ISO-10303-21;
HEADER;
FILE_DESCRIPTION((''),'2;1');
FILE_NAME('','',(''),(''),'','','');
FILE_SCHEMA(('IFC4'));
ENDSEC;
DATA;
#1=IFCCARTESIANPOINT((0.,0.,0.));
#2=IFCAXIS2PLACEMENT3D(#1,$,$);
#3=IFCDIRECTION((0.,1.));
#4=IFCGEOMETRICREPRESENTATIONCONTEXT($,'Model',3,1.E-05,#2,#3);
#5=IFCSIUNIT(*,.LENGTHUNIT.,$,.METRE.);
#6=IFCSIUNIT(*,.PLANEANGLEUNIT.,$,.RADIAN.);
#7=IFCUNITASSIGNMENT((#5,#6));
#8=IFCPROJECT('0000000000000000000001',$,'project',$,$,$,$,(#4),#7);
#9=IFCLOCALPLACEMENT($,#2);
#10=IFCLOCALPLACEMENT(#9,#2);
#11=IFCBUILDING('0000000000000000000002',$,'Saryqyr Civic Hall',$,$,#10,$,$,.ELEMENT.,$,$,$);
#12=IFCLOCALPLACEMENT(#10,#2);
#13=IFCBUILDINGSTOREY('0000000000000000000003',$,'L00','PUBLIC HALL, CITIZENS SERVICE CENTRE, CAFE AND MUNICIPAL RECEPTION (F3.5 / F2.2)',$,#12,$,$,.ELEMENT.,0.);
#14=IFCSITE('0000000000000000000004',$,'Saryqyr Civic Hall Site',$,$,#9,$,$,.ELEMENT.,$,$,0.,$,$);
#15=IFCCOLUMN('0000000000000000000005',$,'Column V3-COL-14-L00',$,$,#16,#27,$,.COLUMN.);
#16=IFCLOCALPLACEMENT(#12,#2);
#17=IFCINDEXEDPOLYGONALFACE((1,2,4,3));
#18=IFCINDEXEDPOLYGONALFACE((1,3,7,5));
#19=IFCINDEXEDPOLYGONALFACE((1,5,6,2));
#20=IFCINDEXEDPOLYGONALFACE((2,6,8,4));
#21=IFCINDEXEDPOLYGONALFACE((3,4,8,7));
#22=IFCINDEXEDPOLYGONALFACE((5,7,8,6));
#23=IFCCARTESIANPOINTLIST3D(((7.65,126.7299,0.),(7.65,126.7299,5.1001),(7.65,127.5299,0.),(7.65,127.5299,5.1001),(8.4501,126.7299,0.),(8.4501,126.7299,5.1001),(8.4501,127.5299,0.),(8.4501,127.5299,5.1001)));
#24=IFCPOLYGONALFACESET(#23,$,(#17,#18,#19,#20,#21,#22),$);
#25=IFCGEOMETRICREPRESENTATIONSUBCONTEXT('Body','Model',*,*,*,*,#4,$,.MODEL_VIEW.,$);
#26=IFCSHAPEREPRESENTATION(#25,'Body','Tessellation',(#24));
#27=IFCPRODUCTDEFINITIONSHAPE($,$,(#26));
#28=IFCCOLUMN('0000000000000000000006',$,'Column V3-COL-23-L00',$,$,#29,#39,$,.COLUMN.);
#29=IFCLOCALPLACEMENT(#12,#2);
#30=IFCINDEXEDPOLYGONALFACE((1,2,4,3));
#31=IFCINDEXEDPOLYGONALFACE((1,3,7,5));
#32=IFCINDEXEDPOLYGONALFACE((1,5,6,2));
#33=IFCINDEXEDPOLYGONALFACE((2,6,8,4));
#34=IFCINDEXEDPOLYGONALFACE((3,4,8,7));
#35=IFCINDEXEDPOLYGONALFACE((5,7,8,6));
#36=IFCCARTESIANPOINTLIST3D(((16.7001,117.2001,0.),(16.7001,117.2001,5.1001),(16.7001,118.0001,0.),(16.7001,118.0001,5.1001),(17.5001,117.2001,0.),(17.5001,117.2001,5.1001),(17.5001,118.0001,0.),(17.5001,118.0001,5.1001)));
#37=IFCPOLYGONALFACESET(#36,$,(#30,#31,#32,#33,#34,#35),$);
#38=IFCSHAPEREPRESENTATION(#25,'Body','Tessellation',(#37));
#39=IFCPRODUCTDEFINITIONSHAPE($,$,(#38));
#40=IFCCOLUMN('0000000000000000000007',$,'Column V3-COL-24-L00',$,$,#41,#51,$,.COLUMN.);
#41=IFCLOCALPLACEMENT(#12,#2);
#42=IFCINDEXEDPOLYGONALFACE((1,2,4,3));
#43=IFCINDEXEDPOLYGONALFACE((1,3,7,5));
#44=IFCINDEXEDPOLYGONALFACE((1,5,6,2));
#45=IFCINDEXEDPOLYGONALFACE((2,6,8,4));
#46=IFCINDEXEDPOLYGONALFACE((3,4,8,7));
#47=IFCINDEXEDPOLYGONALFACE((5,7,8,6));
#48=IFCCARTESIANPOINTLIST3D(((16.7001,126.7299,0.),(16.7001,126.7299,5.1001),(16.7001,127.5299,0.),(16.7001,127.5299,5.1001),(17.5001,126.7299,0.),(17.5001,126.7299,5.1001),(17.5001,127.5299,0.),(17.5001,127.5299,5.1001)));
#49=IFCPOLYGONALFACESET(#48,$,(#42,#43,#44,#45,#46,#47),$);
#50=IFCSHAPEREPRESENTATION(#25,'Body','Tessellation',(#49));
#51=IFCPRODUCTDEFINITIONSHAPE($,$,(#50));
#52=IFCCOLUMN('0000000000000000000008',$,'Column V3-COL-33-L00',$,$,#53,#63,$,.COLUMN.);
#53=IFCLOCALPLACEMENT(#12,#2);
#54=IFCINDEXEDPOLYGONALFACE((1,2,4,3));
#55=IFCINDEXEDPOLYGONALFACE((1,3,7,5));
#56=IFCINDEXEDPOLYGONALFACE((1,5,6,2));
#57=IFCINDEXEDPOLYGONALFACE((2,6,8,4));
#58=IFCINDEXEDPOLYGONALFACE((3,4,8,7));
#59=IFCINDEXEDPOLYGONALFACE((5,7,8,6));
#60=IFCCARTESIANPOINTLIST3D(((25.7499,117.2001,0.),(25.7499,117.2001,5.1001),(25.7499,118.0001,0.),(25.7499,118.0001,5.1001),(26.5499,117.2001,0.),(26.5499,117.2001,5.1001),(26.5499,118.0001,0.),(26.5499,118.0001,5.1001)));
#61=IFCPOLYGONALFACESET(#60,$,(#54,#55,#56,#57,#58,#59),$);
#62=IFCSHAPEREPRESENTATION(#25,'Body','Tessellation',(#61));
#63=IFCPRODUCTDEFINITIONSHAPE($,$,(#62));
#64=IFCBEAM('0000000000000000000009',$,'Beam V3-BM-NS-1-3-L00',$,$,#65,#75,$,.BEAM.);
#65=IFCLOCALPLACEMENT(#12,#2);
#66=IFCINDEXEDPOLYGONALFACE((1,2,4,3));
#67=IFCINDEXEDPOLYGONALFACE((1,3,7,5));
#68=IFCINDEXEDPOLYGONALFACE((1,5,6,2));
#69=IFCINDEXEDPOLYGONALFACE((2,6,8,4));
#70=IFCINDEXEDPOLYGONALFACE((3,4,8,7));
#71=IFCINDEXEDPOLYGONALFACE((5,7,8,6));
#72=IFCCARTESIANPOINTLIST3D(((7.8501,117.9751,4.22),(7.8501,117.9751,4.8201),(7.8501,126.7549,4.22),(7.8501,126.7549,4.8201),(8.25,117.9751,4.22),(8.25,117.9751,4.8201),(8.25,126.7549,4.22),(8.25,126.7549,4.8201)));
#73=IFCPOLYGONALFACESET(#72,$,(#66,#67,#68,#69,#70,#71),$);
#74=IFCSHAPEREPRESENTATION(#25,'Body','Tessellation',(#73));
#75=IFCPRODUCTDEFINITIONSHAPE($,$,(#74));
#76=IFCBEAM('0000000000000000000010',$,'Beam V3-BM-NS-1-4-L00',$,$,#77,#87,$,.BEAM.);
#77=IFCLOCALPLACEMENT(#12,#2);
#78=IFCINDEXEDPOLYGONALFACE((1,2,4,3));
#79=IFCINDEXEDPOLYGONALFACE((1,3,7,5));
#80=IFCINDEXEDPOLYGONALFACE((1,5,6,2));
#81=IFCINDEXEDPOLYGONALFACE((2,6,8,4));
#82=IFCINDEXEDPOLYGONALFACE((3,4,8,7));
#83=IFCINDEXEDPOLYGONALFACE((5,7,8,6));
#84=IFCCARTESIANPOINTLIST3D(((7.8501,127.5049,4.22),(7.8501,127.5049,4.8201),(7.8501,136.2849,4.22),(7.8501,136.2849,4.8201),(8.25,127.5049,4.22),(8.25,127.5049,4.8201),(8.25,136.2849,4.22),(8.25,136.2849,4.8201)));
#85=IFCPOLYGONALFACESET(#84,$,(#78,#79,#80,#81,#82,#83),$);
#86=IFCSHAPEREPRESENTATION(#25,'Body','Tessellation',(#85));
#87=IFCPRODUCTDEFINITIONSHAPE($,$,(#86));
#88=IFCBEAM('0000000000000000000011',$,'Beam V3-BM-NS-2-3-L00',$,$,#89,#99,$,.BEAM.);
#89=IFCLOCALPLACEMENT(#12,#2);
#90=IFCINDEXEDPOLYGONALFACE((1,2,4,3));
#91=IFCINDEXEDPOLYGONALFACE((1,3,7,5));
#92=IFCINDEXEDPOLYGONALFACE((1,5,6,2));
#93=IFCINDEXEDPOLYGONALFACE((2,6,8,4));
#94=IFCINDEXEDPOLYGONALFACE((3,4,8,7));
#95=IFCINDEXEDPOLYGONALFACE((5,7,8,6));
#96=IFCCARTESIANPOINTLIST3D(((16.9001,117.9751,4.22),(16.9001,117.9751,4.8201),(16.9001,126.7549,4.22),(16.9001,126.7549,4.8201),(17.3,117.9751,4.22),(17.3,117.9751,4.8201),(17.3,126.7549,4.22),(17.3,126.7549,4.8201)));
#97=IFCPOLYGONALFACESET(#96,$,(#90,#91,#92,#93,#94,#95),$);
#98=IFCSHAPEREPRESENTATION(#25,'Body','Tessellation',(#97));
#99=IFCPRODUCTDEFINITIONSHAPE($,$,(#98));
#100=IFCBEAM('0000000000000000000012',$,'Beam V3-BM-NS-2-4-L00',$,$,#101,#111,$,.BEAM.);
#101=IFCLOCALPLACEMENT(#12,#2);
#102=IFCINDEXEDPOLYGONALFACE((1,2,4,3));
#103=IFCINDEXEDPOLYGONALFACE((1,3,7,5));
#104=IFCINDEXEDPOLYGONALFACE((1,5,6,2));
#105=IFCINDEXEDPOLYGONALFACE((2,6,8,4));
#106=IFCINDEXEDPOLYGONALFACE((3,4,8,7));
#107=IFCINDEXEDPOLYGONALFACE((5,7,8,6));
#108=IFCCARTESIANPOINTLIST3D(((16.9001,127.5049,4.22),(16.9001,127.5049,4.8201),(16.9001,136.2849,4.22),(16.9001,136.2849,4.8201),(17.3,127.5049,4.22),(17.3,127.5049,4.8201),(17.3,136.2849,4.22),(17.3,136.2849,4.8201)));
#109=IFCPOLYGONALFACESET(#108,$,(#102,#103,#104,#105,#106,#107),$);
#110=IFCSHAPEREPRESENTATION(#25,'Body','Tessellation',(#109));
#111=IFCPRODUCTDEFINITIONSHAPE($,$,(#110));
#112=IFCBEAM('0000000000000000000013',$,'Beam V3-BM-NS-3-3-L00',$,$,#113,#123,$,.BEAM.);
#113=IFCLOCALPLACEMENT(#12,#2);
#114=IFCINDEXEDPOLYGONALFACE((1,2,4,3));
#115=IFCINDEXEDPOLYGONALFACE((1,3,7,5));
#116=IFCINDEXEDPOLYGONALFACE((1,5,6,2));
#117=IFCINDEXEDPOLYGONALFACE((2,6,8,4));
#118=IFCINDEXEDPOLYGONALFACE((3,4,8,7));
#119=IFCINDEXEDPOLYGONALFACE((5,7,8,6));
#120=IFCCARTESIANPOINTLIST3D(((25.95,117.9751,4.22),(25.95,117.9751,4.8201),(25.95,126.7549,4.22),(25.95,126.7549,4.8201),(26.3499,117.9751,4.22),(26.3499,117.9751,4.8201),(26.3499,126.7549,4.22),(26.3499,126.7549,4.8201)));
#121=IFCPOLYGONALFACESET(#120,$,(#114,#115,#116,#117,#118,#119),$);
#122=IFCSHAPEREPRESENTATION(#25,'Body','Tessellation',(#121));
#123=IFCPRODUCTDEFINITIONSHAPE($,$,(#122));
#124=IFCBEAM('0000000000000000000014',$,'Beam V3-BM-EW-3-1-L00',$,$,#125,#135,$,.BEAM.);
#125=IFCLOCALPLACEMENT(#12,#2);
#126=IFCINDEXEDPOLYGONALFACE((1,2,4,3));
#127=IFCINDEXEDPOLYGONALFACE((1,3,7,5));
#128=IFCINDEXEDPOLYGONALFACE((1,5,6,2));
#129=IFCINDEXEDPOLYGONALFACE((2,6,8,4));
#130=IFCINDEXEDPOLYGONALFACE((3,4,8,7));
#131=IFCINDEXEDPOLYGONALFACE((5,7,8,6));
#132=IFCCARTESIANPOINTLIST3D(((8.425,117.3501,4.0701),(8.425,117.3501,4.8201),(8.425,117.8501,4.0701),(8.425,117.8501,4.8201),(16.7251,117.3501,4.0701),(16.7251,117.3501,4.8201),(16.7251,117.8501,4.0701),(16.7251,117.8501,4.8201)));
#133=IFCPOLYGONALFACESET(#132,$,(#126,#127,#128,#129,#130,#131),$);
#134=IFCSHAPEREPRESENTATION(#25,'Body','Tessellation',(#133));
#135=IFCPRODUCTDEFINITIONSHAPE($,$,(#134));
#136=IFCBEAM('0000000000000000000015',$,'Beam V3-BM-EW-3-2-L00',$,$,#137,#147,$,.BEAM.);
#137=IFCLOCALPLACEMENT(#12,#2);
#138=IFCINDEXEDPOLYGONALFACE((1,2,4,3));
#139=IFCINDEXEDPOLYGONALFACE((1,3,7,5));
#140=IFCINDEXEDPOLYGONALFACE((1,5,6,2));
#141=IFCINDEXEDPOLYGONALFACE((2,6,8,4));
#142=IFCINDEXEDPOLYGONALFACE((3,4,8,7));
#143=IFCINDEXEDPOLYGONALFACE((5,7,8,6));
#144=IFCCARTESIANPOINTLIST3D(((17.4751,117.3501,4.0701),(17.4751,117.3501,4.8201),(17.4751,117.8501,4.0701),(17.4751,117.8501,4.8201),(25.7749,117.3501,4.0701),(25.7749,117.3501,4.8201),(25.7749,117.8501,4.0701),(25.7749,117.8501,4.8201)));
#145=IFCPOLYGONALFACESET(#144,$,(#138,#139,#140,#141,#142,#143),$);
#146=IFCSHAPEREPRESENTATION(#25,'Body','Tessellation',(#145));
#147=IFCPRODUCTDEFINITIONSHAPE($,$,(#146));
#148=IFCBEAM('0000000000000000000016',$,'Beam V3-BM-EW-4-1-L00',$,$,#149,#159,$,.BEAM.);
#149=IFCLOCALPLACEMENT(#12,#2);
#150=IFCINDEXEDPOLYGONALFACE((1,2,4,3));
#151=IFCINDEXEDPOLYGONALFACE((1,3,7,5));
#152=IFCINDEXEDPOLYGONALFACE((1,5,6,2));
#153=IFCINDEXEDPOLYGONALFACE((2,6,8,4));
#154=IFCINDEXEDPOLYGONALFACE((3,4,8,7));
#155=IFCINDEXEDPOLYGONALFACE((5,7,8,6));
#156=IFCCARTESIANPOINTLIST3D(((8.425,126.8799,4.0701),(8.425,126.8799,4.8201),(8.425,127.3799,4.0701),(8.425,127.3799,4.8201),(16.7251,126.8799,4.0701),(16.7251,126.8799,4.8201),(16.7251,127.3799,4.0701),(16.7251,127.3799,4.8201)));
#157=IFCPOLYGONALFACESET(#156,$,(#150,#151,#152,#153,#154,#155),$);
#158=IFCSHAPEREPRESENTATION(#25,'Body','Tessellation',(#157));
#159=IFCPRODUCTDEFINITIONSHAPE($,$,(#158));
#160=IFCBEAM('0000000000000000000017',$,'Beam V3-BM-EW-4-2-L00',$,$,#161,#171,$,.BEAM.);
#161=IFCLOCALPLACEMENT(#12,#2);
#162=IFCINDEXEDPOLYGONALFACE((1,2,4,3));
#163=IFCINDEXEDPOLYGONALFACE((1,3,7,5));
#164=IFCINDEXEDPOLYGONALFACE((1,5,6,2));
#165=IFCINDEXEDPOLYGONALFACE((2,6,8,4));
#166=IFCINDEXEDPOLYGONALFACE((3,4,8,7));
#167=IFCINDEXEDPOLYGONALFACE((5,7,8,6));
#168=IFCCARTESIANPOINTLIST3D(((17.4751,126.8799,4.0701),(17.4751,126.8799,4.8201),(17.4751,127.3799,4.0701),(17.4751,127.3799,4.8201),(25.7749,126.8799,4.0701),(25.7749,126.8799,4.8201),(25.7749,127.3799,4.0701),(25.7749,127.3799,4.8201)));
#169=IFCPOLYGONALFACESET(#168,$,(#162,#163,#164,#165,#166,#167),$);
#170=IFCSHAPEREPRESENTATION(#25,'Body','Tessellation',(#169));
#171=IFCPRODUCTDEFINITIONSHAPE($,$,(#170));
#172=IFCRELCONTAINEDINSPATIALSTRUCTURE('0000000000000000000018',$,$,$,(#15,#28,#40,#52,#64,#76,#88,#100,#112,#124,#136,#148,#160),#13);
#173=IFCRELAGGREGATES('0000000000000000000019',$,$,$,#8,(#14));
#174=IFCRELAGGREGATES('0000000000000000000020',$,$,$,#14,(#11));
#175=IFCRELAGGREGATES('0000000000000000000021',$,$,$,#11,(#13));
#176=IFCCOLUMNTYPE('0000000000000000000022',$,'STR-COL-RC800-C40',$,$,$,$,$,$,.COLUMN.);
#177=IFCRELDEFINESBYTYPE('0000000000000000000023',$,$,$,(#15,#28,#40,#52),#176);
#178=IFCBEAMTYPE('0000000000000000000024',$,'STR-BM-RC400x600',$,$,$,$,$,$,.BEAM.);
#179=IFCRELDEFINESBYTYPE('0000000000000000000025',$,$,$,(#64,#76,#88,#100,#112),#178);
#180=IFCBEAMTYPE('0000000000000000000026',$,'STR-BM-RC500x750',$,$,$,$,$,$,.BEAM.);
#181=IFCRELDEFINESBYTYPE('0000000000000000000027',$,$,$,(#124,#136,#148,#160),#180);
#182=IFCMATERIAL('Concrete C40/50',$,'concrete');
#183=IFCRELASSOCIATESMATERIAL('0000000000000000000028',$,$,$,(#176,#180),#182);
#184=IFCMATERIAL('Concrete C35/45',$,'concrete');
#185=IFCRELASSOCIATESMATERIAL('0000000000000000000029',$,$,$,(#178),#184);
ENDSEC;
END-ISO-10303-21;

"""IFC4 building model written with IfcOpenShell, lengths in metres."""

from ifc_helpers import new_model, si_unit, direction, frame, origin, origin_2d, place, context, subcontext, project, spatial, rectangle, extrude, material, material_profile, profile_set, type_object, element, save


model = new_model("IFC4")

# Units and contexts
model_context = context("Model", 3, precision=1e-05, world=origin(), true_north=direction((0.0, 1.0)))
body_context = subcontext(model_context, "Body", "Model", "MODEL_VIEW")
ifc_project = project(units=[si_unit("LENGTHUNIT", "METRE"), si_unit("PLANEANGLEUNIT", "RADIAN")], contexts=[model_context])

# Site, building, storey
site_placement = place(None, origin())
site = spatial("IfcSite", under=ifc_project, at=site_placement, Name="Saryqyr Civic Hall Site", CompositionType="ELEMENT", RefElevation=0.0)
building_placement = place(site_placement, origin())
building = spatial("IfcBuilding", under=site, at=building_placement, Name="Saryqyr Civic Hall", CompositionType="ELEMENT")
storey_placement = place(building_placement, origin())
storey = spatial("IfcBuildingStorey", under=building, at=storey_placement, Name="L00", Description="PUBLIC HALL, CITIZENS SERVICE CENTRE, CAFE AND MUNICIPAL RECEPTION (F3.5 / F2.2)", CompositionType="ELEMENT", Elevation=0.0)

# Columns
ifc_material_1 = material(Name="Concrete C40/50", Category="concrete")
ifc_material_profile_1 = material_profile(ifc_material_1, rectangle(XDim=0.8, YDim=0.8, at=origin_2d()), Name="RC 800x800")
ifc_profile_set_1 = profile_set([ifc_material_profile_1], Name="Concrete C40/50")
column_type = type_object("IfcColumnType", Name="STR-COL-RC800-C40", PredefinedType="COLUMN", material=ifc_profile_set_1)
for number, where, z_axis, x_axis, name in (
    (1, (8.05, 127.1299, 0.0), (0.0, 0.0, 1.0), (1.0, 0.0, 0.0), "Column V3-COL-14-L00"),
    (2, (17.1001, 117.6001, 0.0), (0.0, 0.0, 1.0), (1.0, 0.0, 0.0), "Column V3-COL-23-L00"),
    (3, (17.1001, 127.1299, 0.0), (0.0, 0.0, 1.0), (1.0, 0.0, 0.0), "Column V3-COL-24-L00"),
    (4, (26.1499, 117.6001, 0.0), (0.0, 0.0, 1.0), (1.0, 0.0, 0.0), "Column V3-COL-33-L00"),
):
    element("IfcColumn", number, at=place(storey_placement, frame(where, z_axis=z_axis, x_axis=x_axis)), inside=storey, type_object=column_type, Name=name, PredefinedType="COLUMN", context=body_context, shape_type="SweptSolid", body=[
        extrude(rectangle(XDim=0.8, YDim=0.8, at=origin_2d()), origin(), (0.0, 0.0, 1.0), 5.1001),
    ])

# Beams
ifc_material_2 = material(Name="Concrete C35/45", Category="concrete")
ifc_material_profile_2 = material_profile(ifc_material_2, rectangle(XDim=0.3999, YDim=0.6001, at=origin_2d()), Name="RC 400x600")
ifc_profile_set_2 = profile_set([ifc_material_profile_2], Name="Concrete C35/45")
beam_type_1 = type_object("IfcBeamType", Name="STR-BM-RC400x600", PredefinedType="BEAM", material=ifc_profile_set_2)
beam_1_placement = place(storey_placement, frame((8.05, 117.9751, 4.52), z_axis=(0.0, 1.0, 0.0), x_axis=(-1.0, 0.0, 0.0)))
element("IfcBeam", 5, at=beam_1_placement, inside=storey, type_object=beam_type_1, Name="Beam V3-BM-NS-1-3-L00", PredefinedType="BEAM", context=body_context, shape_type="SweptSolid", body=[
    extrude(rectangle(XDim=0.3999, YDim=0.6001, at=origin_2d()), origin(), (0.0, 0.0, 1.0), 8.7798),
])
beam_2_placement = place(storey_placement, frame((8.05, 127.5049, 4.52), z_axis=(0.0, 1.0, 0.0), x_axis=(-1.0, 0.0, 0.0)))
element("IfcBeam", 6, at=beam_2_placement, inside=storey, type_object=beam_type_1, Name="Beam V3-BM-NS-1-4-L00", PredefinedType="BEAM", context=body_context, shape_type="SweptSolid", body=[
    extrude(rectangle(XDim=0.3999, YDim=0.6001, at=origin_2d()), origin(), (0.0, 0.0, 1.0), 8.78),
])
beam_3_placement = place(storey_placement, frame((17.1001, 117.9751, 4.52), z_axis=(0.0, 1.0, 0.0), x_axis=(-1.0, 0.0, 0.0)))
element("IfcBeam", 7, at=beam_3_placement, inside=storey, type_object=beam_type_1, Name="Beam V3-BM-NS-2-3-L00", PredefinedType="BEAM", context=body_context, shape_type="SweptSolid", body=[
    extrude(rectangle(XDim=0.3999, YDim=0.6001, at=origin_2d()), origin(), (0.0, 0.0, 1.0), 8.7798),
])
beam_4_placement = place(storey_placement, frame((17.1001, 127.5049, 4.52), z_axis=(0.0, 1.0, 0.0), x_axis=(-1.0, 0.0, 0.0)))
element("IfcBeam", 8, at=beam_4_placement, inside=storey, type_object=beam_type_1, Name="Beam V3-BM-NS-2-4-L00", PredefinedType="BEAM", context=body_context, shape_type="SweptSolid", body=[
    extrude(rectangle(XDim=0.3999, YDim=0.6001, at=origin_2d()), origin(), (0.0, 0.0, 1.0), 8.78),
])
beam_5_placement = place(storey_placement, frame((26.1499, 117.9751, 4.52), z_axis=(0.0, 1.0, 0.0), x_axis=(-1.0, 0.0, 0.0)))
element("IfcBeam", 9, at=beam_5_placement, inside=storey, type_object=beam_type_1, Name="Beam V3-BM-NS-3-3-L00", PredefinedType="BEAM", context=body_context, shape_type="SweptSolid", body=[
    extrude(rectangle(XDim=0.3999, YDim=0.6001, at=origin_2d()), origin(), (0.0, 0.0, 1.0), 8.7798),
])
ifc_material_profile_3 = material_profile(ifc_material_1, rectangle(XDim=0.5, YDim=0.75, at=origin_2d()), Name="RC 500x750")
ifc_profile_set_3 = profile_set([ifc_material_profile_3], Name="Concrete C40/50")
beam_type_2 = type_object("IfcBeamType", Name="STR-BM-RC500x750", PredefinedType="BEAM", material=ifc_profile_set_3)
beam_6_placement = place(storey_placement, frame((8.425, 117.6001, 4.4451), z_axis=(1.0, 0.0, 0.0), x_axis=(0.0, 1.0, 0.0)))
element("IfcBeam", 10, at=beam_6_placement, inside=storey, type_object=beam_type_2, Name="Beam V3-BM-EW-3-1-L00", PredefinedType="BEAM", context=body_context, shape_type="SweptSolid", body=[
    extrude(rectangle(XDim=0.5, YDim=0.75, at=origin_2d()), origin(), (0.0, 0.0, 1.0), 8.3),
])
beam_7_placement = place(storey_placement, frame((17.4751, 117.6001, 4.4451), z_axis=(1.0, 0.0, 0.0), x_axis=(0.0, 1.0, 0.0)))
element("IfcBeam", 11, at=beam_7_placement, inside=storey, type_object=beam_type_2, Name="Beam V3-BM-EW-3-2-L00", PredefinedType="BEAM", context=body_context, shape_type="SweptSolid", body=[
    extrude(rectangle(XDim=0.5, YDim=0.75, at=origin_2d()), origin(), (0.0, 0.0, 1.0), 8.2998),
])
beam_8_placement = place(storey_placement, frame((8.425, 127.1299, 4.4451), z_axis=(1.0, 0.0, 0.0), x_axis=(0.0, 1.0, 0.0)))
element("IfcBeam", 12, at=beam_8_placement, inside=storey, type_object=beam_type_2, Name="Beam V3-BM-EW-4-1-L00", PredefinedType="BEAM", context=body_context, shape_type="SweptSolid", body=[
    extrude(rectangle(XDim=0.5, YDim=0.75, at=origin_2d()), origin(), (0.0, 0.0, 1.0), 8.3),
])
beam_9_placement = place(storey_placement, frame((17.4751, 127.1299, 4.4451), z_axis=(1.0, 0.0, 0.0), x_axis=(0.0, 1.0, 0.0)))
element("IfcBeam", 13, at=beam_9_placement, inside=storey, type_object=beam_type_2, Name="Beam V3-BM-EW-4-2-L00", PredefinedType="BEAM", context=body_context, shape_type="SweptSolid", body=[
    extrude(rectangle(XDim=0.5, YDim=0.75, at=origin_2d()), origin(), (0.0, 0.0, 1.0), 8.2998),
])

save(model, "model.ifc")
